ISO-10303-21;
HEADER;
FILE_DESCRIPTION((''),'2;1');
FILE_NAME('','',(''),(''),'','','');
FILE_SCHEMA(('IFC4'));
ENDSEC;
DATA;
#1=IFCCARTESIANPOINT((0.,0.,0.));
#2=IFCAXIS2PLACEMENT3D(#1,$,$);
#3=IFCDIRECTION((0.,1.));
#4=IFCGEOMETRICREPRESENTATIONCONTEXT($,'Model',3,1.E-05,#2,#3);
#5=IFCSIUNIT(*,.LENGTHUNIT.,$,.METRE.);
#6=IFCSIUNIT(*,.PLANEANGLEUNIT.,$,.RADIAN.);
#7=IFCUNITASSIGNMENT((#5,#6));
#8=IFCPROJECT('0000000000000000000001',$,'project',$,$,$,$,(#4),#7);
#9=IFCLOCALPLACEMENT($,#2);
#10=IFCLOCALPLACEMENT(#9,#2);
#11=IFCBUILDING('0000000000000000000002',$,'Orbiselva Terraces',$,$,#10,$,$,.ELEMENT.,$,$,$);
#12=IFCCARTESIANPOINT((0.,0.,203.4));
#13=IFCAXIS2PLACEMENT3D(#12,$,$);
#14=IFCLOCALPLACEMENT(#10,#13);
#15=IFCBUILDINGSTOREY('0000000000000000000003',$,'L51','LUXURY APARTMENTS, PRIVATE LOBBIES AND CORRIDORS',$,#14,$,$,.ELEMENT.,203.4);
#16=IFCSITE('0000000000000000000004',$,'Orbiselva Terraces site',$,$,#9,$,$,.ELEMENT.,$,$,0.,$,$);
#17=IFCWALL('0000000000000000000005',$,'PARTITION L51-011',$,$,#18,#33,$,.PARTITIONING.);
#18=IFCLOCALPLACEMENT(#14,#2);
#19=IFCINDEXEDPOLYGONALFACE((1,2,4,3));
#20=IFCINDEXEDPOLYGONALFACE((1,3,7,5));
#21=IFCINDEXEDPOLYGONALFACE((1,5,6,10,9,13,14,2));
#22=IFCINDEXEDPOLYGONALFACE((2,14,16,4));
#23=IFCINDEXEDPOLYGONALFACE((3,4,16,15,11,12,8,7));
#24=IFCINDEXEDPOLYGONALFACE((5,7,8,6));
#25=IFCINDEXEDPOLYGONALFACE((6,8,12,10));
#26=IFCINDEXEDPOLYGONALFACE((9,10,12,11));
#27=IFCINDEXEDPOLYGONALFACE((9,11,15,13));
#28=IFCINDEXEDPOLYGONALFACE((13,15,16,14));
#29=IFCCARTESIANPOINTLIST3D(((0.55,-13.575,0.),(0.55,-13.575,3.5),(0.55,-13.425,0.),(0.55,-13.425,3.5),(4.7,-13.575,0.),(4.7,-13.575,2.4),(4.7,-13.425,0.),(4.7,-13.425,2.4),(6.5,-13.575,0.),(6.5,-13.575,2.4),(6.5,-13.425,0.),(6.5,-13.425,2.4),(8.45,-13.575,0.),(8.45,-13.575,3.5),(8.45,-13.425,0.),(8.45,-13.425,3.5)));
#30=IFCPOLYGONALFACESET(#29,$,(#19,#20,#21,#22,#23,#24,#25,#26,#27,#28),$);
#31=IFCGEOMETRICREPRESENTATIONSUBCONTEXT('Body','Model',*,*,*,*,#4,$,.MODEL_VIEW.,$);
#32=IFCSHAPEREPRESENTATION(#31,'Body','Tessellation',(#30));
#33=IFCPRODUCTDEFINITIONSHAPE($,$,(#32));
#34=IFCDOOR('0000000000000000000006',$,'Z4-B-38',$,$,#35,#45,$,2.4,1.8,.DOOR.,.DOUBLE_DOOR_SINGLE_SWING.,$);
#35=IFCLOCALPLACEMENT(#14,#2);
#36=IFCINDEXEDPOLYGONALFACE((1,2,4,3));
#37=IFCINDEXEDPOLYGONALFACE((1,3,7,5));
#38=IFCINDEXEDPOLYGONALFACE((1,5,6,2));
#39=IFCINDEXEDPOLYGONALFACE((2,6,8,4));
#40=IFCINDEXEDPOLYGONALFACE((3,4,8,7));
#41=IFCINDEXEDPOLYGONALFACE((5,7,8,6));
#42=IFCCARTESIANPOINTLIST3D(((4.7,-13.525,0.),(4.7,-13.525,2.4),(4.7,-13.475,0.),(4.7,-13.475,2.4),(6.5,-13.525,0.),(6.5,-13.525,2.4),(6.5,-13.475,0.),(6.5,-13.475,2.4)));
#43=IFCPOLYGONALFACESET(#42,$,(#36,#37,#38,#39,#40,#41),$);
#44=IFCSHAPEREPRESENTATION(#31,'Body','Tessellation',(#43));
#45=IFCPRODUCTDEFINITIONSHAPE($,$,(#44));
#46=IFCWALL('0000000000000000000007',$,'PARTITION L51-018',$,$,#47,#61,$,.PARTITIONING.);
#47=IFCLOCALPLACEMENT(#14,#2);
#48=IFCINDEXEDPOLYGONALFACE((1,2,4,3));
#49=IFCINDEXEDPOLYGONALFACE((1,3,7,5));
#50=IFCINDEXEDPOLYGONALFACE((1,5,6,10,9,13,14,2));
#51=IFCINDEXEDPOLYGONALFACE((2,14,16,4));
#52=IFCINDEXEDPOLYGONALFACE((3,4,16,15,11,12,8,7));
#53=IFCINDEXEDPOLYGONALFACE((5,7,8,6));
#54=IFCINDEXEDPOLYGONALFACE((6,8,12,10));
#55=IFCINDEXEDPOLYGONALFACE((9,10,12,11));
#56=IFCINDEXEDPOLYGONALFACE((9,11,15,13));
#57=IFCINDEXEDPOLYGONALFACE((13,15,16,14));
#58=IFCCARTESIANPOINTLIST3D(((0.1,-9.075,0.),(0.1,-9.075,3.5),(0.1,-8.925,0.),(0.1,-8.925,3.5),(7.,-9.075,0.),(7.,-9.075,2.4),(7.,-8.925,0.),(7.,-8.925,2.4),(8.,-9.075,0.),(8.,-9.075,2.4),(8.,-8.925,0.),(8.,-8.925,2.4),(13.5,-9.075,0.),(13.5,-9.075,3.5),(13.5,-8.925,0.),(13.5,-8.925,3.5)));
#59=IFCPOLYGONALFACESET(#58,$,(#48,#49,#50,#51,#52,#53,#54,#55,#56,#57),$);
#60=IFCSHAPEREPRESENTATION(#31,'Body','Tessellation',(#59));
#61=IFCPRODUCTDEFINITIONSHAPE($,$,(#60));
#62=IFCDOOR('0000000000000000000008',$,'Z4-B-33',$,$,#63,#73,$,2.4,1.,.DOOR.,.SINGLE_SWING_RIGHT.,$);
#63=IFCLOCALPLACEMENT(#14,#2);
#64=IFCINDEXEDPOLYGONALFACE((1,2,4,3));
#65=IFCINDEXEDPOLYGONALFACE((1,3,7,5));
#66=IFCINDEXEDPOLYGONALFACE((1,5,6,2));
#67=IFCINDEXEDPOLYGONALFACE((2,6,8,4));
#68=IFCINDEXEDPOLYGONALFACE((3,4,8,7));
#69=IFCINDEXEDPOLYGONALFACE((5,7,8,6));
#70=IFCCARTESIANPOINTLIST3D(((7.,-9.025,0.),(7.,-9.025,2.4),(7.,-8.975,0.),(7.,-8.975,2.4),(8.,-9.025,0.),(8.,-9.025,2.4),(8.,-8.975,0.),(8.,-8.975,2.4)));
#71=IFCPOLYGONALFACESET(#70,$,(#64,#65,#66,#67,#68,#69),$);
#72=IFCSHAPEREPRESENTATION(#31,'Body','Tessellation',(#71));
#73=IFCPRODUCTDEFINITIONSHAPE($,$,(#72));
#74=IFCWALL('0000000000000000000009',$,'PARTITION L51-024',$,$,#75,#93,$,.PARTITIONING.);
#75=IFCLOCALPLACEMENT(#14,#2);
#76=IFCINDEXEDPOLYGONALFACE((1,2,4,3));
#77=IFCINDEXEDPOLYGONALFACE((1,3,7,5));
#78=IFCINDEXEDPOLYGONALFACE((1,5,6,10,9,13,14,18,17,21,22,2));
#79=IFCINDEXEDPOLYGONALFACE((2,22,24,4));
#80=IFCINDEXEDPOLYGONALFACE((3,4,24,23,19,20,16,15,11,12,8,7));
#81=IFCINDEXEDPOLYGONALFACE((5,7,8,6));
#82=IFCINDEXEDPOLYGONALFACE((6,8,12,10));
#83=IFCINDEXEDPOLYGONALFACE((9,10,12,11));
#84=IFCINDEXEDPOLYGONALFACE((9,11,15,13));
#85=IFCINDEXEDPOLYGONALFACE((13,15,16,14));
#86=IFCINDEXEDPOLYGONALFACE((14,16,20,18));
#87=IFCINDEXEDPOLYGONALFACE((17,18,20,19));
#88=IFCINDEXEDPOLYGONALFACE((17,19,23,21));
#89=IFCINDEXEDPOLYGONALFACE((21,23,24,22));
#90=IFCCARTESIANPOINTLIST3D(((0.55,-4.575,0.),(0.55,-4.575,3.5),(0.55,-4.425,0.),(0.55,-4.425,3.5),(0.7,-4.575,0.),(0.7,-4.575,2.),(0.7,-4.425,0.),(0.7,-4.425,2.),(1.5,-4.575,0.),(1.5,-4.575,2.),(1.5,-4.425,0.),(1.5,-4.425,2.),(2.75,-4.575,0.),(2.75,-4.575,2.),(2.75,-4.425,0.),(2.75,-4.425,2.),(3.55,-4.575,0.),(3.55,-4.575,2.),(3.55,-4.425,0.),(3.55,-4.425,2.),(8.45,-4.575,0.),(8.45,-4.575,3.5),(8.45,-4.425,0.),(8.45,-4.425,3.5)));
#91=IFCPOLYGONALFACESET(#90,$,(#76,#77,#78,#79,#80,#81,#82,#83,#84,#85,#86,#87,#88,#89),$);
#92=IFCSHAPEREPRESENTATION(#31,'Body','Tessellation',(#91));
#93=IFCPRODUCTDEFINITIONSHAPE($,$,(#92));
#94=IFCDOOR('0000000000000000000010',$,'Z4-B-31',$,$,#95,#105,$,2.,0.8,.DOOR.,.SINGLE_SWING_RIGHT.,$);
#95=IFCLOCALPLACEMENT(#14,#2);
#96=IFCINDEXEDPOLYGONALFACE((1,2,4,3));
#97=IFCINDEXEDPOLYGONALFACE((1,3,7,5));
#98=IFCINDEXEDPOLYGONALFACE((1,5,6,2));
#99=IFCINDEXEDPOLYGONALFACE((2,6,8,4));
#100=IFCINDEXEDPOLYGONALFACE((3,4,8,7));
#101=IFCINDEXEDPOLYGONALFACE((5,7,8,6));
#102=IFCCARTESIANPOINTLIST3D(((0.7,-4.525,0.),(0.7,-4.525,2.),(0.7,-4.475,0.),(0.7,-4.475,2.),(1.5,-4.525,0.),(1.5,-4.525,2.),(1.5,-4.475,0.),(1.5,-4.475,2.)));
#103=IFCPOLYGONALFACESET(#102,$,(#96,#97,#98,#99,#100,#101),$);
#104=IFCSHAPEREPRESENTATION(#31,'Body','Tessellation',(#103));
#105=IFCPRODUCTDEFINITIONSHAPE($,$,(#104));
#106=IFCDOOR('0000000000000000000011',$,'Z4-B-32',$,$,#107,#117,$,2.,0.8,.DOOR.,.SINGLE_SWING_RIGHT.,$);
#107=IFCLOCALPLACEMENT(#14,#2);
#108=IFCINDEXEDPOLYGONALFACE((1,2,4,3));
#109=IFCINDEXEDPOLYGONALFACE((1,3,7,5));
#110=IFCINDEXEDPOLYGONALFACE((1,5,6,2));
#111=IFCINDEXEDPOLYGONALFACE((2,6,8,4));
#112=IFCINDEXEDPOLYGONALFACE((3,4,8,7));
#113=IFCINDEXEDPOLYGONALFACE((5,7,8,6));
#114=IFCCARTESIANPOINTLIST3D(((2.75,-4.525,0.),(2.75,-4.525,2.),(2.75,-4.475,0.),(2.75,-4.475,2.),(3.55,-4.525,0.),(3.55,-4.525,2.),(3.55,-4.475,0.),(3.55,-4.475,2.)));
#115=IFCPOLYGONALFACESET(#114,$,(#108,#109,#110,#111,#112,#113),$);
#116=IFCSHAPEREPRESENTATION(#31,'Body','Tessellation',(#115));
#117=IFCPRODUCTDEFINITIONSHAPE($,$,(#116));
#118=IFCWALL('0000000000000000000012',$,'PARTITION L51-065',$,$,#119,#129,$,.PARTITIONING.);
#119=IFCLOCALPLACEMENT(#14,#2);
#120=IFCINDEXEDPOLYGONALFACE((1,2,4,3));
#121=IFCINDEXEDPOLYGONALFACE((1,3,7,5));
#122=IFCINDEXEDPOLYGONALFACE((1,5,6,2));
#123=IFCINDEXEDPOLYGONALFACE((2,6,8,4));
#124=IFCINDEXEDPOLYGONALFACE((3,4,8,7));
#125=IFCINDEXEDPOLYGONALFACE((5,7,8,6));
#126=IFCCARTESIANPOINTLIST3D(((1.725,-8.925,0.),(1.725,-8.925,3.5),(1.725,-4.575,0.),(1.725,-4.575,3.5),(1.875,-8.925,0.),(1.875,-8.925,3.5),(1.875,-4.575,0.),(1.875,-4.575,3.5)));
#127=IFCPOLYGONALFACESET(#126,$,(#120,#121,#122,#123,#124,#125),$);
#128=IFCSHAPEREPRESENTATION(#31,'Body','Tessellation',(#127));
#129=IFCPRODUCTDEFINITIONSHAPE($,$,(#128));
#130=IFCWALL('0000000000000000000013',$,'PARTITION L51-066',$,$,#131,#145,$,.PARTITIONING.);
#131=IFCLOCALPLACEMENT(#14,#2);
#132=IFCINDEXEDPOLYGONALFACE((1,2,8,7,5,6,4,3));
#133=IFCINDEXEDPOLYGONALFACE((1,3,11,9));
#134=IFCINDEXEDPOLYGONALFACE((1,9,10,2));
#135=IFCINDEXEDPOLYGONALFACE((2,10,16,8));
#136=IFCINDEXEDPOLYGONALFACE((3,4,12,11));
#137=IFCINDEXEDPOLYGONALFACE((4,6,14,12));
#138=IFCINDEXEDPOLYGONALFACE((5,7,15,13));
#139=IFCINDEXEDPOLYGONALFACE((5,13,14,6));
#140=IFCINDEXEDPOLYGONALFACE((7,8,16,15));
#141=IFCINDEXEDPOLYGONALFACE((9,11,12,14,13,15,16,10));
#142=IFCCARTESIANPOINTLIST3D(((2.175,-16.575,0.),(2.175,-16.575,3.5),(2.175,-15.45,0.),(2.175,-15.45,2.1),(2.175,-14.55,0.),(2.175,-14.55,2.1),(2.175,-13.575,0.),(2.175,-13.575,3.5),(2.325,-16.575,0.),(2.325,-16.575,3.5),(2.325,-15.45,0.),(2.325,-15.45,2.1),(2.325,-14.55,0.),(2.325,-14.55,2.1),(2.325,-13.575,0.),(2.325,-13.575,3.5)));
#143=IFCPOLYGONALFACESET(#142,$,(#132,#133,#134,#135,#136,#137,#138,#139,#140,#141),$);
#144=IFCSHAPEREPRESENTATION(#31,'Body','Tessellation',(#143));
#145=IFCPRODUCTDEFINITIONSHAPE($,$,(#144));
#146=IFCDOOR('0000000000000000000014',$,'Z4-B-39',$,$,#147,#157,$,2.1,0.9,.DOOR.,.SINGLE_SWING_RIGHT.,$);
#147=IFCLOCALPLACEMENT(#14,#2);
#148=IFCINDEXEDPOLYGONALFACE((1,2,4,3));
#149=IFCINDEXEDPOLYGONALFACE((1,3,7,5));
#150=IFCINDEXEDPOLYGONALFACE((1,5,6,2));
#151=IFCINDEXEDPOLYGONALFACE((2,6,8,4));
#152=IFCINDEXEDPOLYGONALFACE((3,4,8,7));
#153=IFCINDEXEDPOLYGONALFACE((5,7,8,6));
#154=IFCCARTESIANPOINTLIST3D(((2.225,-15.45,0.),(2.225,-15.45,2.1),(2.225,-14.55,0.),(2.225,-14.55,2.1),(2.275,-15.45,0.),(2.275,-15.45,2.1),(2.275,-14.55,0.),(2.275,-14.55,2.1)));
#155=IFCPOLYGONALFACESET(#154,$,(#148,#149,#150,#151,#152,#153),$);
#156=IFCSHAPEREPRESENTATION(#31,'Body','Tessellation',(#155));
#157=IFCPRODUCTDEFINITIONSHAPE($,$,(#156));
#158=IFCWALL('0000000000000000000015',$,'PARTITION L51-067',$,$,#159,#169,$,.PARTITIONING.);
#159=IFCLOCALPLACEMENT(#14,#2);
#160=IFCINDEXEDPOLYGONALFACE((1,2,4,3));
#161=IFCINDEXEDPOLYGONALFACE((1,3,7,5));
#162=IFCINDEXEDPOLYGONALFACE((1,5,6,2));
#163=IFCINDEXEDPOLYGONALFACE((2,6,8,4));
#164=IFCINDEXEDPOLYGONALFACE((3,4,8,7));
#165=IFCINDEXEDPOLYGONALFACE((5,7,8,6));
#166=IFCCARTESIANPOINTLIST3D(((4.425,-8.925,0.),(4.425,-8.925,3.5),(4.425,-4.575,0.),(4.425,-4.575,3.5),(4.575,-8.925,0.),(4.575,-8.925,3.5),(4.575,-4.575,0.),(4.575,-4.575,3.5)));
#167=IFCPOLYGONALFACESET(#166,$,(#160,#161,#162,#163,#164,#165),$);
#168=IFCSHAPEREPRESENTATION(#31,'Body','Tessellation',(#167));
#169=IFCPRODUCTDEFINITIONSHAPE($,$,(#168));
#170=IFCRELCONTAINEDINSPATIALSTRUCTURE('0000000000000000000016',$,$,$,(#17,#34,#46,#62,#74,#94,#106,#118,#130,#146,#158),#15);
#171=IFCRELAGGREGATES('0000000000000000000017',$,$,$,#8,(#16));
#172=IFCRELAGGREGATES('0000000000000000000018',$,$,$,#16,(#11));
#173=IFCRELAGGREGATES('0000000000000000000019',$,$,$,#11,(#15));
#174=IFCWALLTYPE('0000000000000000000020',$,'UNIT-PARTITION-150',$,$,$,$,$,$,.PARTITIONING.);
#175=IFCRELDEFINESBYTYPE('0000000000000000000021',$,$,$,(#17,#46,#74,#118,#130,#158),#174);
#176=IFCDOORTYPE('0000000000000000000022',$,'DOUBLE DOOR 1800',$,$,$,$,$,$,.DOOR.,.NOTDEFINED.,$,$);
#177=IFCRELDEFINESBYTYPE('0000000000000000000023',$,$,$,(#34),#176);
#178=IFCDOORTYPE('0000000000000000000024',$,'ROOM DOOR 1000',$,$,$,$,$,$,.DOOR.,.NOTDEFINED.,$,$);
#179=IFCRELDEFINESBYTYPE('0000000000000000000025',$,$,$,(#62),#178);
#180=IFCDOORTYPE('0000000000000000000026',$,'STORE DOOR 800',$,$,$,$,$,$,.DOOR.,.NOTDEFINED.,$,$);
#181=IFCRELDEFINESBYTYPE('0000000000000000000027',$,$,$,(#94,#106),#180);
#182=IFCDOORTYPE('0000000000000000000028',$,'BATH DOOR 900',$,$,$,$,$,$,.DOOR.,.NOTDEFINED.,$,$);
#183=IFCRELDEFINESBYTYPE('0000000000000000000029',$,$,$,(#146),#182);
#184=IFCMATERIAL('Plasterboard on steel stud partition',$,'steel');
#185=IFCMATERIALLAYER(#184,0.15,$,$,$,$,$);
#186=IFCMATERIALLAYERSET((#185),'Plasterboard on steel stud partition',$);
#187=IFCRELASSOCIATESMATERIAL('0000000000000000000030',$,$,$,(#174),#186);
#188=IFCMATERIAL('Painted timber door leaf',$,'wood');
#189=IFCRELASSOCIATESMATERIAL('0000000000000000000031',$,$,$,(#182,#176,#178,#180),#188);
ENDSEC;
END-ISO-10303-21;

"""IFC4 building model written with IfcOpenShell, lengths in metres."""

from ifc_helpers import new_model, si_unit, direction, frame, frame_2d, origin, place, context, subcontext, project, spatial, rectangle, extrude, material, layer, layer_set, type_object, element, fill, save


model = new_model("IFC4")

# Units and contexts
model_context = context("Model", 3, precision=1e-05, world=origin(), true_north=direction((0.0, 1.0)))
body_context = subcontext(model_context, "Body", "Model", "MODEL_VIEW")
ifc_project = project(units=[si_unit("LENGTHUNIT", "METRE"), si_unit("PLANEANGLEUNIT", "RADIAN")], contexts=[model_context])

# Site, building, storey
site_placement = place(None, origin())
site = spatial("IfcSite", under=ifc_project, at=site_placement, Name="Orbiselva Terraces site", CompositionType="ELEMENT", RefElevation=0.0)
building_placement = place(site_placement, origin())
building = spatial("IfcBuilding", under=site, at=building_placement, Name="Orbiselva Terraces", CompositionType="ELEMENT")
storey_placement = place(building_placement, frame((0.0, 0.0, 203.4)))
storey = spatial("IfcBuildingStorey", under=building, at=storey_placement, Name="L51", Description="LUXURY APARTMENTS, PRIVATE LOBBIES AND CORRIDORS", CompositionType="ELEMENT", Elevation=203.4)

# Shared definitions
ifc_material_1 = material(Name="Plasterboard on steel stud partition", Category="steel")
ifc_layer_1 = layer(ifc_material_1, 0.15)
ifc_layer_set_1 = layer_set([ifc_layer_1], Name="Plasterboard on steel stud partition")
wall_type_1 = type_object("IfcWallType", Name="UNIT-PARTITION-150", PredefinedType="PARTITIONING", material=ifc_layer_set_1)

# Walls, openings, doors
ifc_material_2 = material(Name="Painted timber door leaf", Category="wood")
door_type_1 = type_object("IfcDoorType", Name="BATH DOOR 900", OperationType="NOTDEFINED", PredefinedType="DOOR", material=ifc_material_2)
wall_1_placement = place(storey_placement, frame((8.45, -13.5, 0.0), z_axis=(0.0, 0.0, 1.0), x_axis=(-1.0, 0.0, 0.0)))
wall_1 = element("IfcWall", 1, at=wall_1_placement, inside=storey, type_object=wall_type_1, Name="PARTITION L51-011", PredefinedType="PARTITIONING", context=body_context, shape_type="SweptSolid", body=[
    extrude(rectangle(XDim=7.9, YDim=0.15, at=frame_2d((3.95, 0.0))), origin(), (0.0, 0.0, 1.0), 3.5),
])
opening_1_placement = place(wall_1_placement, frame((1.95, 0.0, 0.0)))
opening_1 = element("IfcOpeningElement", 2, at=opening_1_placement, cuts=wall_1, PredefinedType="OPENING", context=body_context, shape_type="SweptSolid", body=[
    extrude(rectangle(XDim=1.8, YDim=2.4, at=frame_2d((0.9, 1.2))), frame((0.0, 0.085, 0.0), z_axis=(0.0, -1.0, 0.0), x_axis=(1.0, 0.0, 0.0)), (0.0, 0.0, 1.0), 0.17),
])
door_type_2 = type_object("IfcDoorType", Name="DOUBLE DOOR 1800", OperationType="NOTDEFINED", PredefinedType="DOOR", material=ifc_material_2)
door_1_placement = place(opening_1_placement, origin())
door_1 = element("IfcDoor", 3, at=door_1_placement, inside=storey, type_object=door_type_2, Name="Z4-B-38", OperationType="DOUBLE_DOOR_SINGLE_SWING", OverallHeight=2.4, OverallWidth=1.8, PredefinedType="DOOR", context=body_context, shape_type="SweptSolid", body=[
    extrude(rectangle(XDim=1.8, YDim=2.4, at=frame_2d((0.9, 1.2))), frame((0.0, 0.025, 0.0), z_axis=(0.0, -1.0, 0.0), x_axis=(1.0, 0.0, 0.0)), (0.0, 0.0, 1.0), 0.05),
])
fill(opening_1, door_1)
wall_2_placement = place(storey_placement, frame((0.1, -9.0, 0.0), z_axis=(0.0, 0.0, 1.0), x_axis=(1.0, 0.0, 0.0)))
wall_2 = element("IfcWall", 4, at=wall_2_placement, inside=storey, type_object=wall_type_1, Name="PARTITION L51-018", PredefinedType="PARTITIONING", context=body_context, shape_type="SweptSolid", body=[
    extrude(rectangle(XDim=13.4, YDim=0.15, at=frame_2d((6.7, 0.0))), origin(), (0.0, 0.0, 1.0), 3.5),
])
opening_2_placement = place(wall_2_placement, frame((6.9, 0.0, 0.0)))
opening_2 = element("IfcOpeningElement", 5, at=opening_2_placement, cuts=wall_2, PredefinedType="OPENING", context=body_context, shape_type="SweptSolid", body=[
    extrude(rectangle(XDim=1.0, YDim=2.4, at=frame_2d((0.5, 1.2))), frame((0.0, 0.085, 0.0), z_axis=(0.0, -1.0, 0.0), x_axis=(1.0, 0.0, 0.0)), (0.0, 0.0, 1.0), 0.17),
])
door_type_3 = type_object("IfcDoorType", Name="ROOM DOOR 1000", OperationType="NOTDEFINED", PredefinedType="DOOR", material=ifc_material_2)
door_2_placement = place(opening_2_placement, origin())
door_2 = element("IfcDoor", 6, at=door_2_placement, inside=storey, type_object=door_type_3, Name="Z4-B-33", OperationType="SINGLE_SWING_RIGHT", OverallHeight=2.4, OverallWidth=1.0, PredefinedType="DOOR", context=body_context, shape_type="SweptSolid", body=[
    extrude(rectangle(XDim=1.0, YDim=2.4, at=frame_2d((0.5, 1.2))), frame((0.0, 0.025, 0.0), z_axis=(0.0, -1.0, 0.0), x_axis=(1.0, 0.0, 0.0)), (0.0, 0.0, 1.0), 0.05),
])
fill(opening_2, door_2)

# Wall, openings, doors
wall_3_placement = place(storey_placement, frame((8.45, -4.5, 0.0), z_axis=(0.0, 0.0, 1.0), x_axis=(-1.0, 0.0, 0.0)))
wall_3 = element("IfcWall", 7, at=wall_3_placement, inside=storey, type_object=wall_type_1, Name="PARTITION L51-024", PredefinedType="PARTITIONING", context=body_context, shape_type="SweptSolid", body=[
    extrude(rectangle(XDim=7.9, YDim=0.15, at=frame_2d((3.95, 0.0))), origin(), (0.0, 0.0, 1.0), 3.5),
])
opening_3_placement = place(wall_3_placement, frame((6.95, 0.0, 0.0)))
opening_3 = element("IfcOpeningElement", 8, at=opening_3_placement, cuts=wall_3, PredefinedType="OPENING", context=body_context, shape_type="SweptSolid", body=[
    extrude(rectangle(XDim=0.8, YDim=2.0, at=frame_2d((0.4, 1.0))), frame((0.0, 0.085, 0.0), z_axis=(0.0, -1.0, 0.0), x_axis=(1.0, 0.0, 0.0)), (0.0, 0.0, 1.0), 0.17),
])
opening_4_placement = place(wall_3_placement, frame((4.9, 0.0, 0.0)))
opening_4 = element("IfcOpeningElement", 9, at=opening_4_placement, cuts=wall_3, PredefinedType="OPENING", context=body_context, shape_type="SweptSolid", body=[
    extrude(rectangle(XDim=0.8, YDim=2.0, at=frame_2d((0.4, 1.0))), frame((0.0, 0.085, 0.0), z_axis=(0.0, -1.0, 0.0), x_axis=(1.0, 0.0, 0.0)), (0.0, 0.0, 1.0), 0.17),
])
door_type_4 = type_object("IfcDoorType", Name="STORE DOOR 800", OperationType="NOTDEFINED", PredefinedType="DOOR", material=ifc_material_2)
door_3_placement = place(opening_3_placement, origin())
door_3 = element("IfcDoor", 10, at=door_3_placement, inside=storey, type_object=door_type_4, Name="Z4-B-31", OperationType="SINGLE_SWING_RIGHT", OverallHeight=2.0, OverallWidth=0.8, PredefinedType="DOOR", context=body_context, shape_type="SweptSolid", body=[
    extrude(rectangle(XDim=0.8, YDim=2.0, at=frame_2d((0.4, 1.0))), frame((0.0, 0.025, 0.0), z_axis=(0.0, -1.0, 0.0), x_axis=(1.0, 0.0, 0.0)), (0.0, 0.0, 1.0), 0.05),
])
fill(opening_3, door_3)
door_4_placement = place(opening_4_placement, origin())
door_4 = element("IfcDoor", 11, at=door_4_placement, inside=storey, type_object=door_type_4, Name="Z4-B-32", OperationType="SINGLE_SWING_RIGHT", OverallHeight=2.0, OverallWidth=0.8, PredefinedType="DOOR", context=body_context, shape_type="SweptSolid", body=[
    extrude(rectangle(XDim=0.8, YDim=2.0, at=frame_2d((0.4, 1.0))), frame((0.0, 0.025, 0.0), z_axis=(0.0, -1.0, 0.0), x_axis=(1.0, 0.0, 0.0)), (0.0, 0.0, 1.0), 0.05),
])
fill(opening_4, door_4)

# Wall
wall_4_placement = place(storey_placement, frame((1.8, -8.925, 0.0), z_axis=(0.0, 0.0, 1.0), x_axis=(0.0, 1.0, 0.0)))
element("IfcWall", 12, at=wall_4_placement, inside=storey, type_object=wall_type_1, Name="PARTITION L51-065", PredefinedType="PARTITIONING", context=body_context, shape_type="SweptSolid", body=[
    extrude(rectangle(XDim=4.35, YDim=0.15, at=frame_2d((2.175, 0.0))), origin(), (0.0, 0.0, 1.0), 3.5),
])

# Wall, opening, door
wall_5_placement = place(storey_placement, frame((2.25, -16.575, 0.0), z_axis=(0.0, 0.0, 1.0), x_axis=(0.0, 1.0, 0.0)))
wall_5 = element("IfcWall", 13, at=wall_5_placement, inside=storey, type_object=wall_type_1, Name="PARTITION L51-066", PredefinedType="PARTITIONING", context=body_context, shape_type="SweptSolid", body=[
    extrude(rectangle(XDim=3.0, YDim=0.15, at=frame_2d((1.5, 0.0))), origin(), (0.0, 0.0, 1.0), 3.5),
])
opening_5_placement = place(wall_5_placement, frame((1.125, 0.0, 0.0)))
opening_5 = element("IfcOpeningElement", 14, at=opening_5_placement, cuts=wall_5, PredefinedType="OPENING", context=body_context, shape_type="SweptSolid", body=[
    extrude(rectangle(XDim=0.9, YDim=2.1, at=frame_2d((0.45, 1.05))), frame((0.0, 0.085, 0.0), z_axis=(0.0, -1.0, 0.0), x_axis=(1.0, 0.0, 0.0)), (0.0, 0.0, 1.0), 0.17),
])
door_5_placement = place(opening_5_placement, origin())
door_5 = element("IfcDoor", 15, at=door_5_placement, inside=storey, type_object=door_type_1, Name="Z4-B-39", OperationType="SINGLE_SWING_RIGHT", OverallHeight=2.1, OverallWidth=0.9, PredefinedType="DOOR", context=body_context, shape_type="SweptSolid", body=[
    extrude(rectangle(XDim=0.9, YDim=2.1, at=frame_2d((0.45, 1.05))), frame((0.0, 0.025, 0.0), z_axis=(0.0, -1.0, 0.0), x_axis=(1.0, 0.0, 0.0)), (0.0, 0.0, 1.0), 0.05),
])
fill(opening_5, door_5)

# Wall
wall_6_placement = place(storey_placement, frame((4.5, -8.925, 0.0), z_axis=(0.0, 0.0, 1.0), x_axis=(0.0, 1.0, 0.0)))
element("IfcWall", 16, at=wall_6_placement, inside=storey, type_object=wall_type_1, Name="PARTITION L51-067", PredefinedType="PARTITIONING", context=body_context, shape_type="SweptSolid", body=[
    extrude(rectangle(XDim=4.35, YDim=0.15, at=frame_2d((2.175, 0.0))), origin(), (0.0, 0.0, 1.0), 3.5),
])

save(model, "model.ifc")
